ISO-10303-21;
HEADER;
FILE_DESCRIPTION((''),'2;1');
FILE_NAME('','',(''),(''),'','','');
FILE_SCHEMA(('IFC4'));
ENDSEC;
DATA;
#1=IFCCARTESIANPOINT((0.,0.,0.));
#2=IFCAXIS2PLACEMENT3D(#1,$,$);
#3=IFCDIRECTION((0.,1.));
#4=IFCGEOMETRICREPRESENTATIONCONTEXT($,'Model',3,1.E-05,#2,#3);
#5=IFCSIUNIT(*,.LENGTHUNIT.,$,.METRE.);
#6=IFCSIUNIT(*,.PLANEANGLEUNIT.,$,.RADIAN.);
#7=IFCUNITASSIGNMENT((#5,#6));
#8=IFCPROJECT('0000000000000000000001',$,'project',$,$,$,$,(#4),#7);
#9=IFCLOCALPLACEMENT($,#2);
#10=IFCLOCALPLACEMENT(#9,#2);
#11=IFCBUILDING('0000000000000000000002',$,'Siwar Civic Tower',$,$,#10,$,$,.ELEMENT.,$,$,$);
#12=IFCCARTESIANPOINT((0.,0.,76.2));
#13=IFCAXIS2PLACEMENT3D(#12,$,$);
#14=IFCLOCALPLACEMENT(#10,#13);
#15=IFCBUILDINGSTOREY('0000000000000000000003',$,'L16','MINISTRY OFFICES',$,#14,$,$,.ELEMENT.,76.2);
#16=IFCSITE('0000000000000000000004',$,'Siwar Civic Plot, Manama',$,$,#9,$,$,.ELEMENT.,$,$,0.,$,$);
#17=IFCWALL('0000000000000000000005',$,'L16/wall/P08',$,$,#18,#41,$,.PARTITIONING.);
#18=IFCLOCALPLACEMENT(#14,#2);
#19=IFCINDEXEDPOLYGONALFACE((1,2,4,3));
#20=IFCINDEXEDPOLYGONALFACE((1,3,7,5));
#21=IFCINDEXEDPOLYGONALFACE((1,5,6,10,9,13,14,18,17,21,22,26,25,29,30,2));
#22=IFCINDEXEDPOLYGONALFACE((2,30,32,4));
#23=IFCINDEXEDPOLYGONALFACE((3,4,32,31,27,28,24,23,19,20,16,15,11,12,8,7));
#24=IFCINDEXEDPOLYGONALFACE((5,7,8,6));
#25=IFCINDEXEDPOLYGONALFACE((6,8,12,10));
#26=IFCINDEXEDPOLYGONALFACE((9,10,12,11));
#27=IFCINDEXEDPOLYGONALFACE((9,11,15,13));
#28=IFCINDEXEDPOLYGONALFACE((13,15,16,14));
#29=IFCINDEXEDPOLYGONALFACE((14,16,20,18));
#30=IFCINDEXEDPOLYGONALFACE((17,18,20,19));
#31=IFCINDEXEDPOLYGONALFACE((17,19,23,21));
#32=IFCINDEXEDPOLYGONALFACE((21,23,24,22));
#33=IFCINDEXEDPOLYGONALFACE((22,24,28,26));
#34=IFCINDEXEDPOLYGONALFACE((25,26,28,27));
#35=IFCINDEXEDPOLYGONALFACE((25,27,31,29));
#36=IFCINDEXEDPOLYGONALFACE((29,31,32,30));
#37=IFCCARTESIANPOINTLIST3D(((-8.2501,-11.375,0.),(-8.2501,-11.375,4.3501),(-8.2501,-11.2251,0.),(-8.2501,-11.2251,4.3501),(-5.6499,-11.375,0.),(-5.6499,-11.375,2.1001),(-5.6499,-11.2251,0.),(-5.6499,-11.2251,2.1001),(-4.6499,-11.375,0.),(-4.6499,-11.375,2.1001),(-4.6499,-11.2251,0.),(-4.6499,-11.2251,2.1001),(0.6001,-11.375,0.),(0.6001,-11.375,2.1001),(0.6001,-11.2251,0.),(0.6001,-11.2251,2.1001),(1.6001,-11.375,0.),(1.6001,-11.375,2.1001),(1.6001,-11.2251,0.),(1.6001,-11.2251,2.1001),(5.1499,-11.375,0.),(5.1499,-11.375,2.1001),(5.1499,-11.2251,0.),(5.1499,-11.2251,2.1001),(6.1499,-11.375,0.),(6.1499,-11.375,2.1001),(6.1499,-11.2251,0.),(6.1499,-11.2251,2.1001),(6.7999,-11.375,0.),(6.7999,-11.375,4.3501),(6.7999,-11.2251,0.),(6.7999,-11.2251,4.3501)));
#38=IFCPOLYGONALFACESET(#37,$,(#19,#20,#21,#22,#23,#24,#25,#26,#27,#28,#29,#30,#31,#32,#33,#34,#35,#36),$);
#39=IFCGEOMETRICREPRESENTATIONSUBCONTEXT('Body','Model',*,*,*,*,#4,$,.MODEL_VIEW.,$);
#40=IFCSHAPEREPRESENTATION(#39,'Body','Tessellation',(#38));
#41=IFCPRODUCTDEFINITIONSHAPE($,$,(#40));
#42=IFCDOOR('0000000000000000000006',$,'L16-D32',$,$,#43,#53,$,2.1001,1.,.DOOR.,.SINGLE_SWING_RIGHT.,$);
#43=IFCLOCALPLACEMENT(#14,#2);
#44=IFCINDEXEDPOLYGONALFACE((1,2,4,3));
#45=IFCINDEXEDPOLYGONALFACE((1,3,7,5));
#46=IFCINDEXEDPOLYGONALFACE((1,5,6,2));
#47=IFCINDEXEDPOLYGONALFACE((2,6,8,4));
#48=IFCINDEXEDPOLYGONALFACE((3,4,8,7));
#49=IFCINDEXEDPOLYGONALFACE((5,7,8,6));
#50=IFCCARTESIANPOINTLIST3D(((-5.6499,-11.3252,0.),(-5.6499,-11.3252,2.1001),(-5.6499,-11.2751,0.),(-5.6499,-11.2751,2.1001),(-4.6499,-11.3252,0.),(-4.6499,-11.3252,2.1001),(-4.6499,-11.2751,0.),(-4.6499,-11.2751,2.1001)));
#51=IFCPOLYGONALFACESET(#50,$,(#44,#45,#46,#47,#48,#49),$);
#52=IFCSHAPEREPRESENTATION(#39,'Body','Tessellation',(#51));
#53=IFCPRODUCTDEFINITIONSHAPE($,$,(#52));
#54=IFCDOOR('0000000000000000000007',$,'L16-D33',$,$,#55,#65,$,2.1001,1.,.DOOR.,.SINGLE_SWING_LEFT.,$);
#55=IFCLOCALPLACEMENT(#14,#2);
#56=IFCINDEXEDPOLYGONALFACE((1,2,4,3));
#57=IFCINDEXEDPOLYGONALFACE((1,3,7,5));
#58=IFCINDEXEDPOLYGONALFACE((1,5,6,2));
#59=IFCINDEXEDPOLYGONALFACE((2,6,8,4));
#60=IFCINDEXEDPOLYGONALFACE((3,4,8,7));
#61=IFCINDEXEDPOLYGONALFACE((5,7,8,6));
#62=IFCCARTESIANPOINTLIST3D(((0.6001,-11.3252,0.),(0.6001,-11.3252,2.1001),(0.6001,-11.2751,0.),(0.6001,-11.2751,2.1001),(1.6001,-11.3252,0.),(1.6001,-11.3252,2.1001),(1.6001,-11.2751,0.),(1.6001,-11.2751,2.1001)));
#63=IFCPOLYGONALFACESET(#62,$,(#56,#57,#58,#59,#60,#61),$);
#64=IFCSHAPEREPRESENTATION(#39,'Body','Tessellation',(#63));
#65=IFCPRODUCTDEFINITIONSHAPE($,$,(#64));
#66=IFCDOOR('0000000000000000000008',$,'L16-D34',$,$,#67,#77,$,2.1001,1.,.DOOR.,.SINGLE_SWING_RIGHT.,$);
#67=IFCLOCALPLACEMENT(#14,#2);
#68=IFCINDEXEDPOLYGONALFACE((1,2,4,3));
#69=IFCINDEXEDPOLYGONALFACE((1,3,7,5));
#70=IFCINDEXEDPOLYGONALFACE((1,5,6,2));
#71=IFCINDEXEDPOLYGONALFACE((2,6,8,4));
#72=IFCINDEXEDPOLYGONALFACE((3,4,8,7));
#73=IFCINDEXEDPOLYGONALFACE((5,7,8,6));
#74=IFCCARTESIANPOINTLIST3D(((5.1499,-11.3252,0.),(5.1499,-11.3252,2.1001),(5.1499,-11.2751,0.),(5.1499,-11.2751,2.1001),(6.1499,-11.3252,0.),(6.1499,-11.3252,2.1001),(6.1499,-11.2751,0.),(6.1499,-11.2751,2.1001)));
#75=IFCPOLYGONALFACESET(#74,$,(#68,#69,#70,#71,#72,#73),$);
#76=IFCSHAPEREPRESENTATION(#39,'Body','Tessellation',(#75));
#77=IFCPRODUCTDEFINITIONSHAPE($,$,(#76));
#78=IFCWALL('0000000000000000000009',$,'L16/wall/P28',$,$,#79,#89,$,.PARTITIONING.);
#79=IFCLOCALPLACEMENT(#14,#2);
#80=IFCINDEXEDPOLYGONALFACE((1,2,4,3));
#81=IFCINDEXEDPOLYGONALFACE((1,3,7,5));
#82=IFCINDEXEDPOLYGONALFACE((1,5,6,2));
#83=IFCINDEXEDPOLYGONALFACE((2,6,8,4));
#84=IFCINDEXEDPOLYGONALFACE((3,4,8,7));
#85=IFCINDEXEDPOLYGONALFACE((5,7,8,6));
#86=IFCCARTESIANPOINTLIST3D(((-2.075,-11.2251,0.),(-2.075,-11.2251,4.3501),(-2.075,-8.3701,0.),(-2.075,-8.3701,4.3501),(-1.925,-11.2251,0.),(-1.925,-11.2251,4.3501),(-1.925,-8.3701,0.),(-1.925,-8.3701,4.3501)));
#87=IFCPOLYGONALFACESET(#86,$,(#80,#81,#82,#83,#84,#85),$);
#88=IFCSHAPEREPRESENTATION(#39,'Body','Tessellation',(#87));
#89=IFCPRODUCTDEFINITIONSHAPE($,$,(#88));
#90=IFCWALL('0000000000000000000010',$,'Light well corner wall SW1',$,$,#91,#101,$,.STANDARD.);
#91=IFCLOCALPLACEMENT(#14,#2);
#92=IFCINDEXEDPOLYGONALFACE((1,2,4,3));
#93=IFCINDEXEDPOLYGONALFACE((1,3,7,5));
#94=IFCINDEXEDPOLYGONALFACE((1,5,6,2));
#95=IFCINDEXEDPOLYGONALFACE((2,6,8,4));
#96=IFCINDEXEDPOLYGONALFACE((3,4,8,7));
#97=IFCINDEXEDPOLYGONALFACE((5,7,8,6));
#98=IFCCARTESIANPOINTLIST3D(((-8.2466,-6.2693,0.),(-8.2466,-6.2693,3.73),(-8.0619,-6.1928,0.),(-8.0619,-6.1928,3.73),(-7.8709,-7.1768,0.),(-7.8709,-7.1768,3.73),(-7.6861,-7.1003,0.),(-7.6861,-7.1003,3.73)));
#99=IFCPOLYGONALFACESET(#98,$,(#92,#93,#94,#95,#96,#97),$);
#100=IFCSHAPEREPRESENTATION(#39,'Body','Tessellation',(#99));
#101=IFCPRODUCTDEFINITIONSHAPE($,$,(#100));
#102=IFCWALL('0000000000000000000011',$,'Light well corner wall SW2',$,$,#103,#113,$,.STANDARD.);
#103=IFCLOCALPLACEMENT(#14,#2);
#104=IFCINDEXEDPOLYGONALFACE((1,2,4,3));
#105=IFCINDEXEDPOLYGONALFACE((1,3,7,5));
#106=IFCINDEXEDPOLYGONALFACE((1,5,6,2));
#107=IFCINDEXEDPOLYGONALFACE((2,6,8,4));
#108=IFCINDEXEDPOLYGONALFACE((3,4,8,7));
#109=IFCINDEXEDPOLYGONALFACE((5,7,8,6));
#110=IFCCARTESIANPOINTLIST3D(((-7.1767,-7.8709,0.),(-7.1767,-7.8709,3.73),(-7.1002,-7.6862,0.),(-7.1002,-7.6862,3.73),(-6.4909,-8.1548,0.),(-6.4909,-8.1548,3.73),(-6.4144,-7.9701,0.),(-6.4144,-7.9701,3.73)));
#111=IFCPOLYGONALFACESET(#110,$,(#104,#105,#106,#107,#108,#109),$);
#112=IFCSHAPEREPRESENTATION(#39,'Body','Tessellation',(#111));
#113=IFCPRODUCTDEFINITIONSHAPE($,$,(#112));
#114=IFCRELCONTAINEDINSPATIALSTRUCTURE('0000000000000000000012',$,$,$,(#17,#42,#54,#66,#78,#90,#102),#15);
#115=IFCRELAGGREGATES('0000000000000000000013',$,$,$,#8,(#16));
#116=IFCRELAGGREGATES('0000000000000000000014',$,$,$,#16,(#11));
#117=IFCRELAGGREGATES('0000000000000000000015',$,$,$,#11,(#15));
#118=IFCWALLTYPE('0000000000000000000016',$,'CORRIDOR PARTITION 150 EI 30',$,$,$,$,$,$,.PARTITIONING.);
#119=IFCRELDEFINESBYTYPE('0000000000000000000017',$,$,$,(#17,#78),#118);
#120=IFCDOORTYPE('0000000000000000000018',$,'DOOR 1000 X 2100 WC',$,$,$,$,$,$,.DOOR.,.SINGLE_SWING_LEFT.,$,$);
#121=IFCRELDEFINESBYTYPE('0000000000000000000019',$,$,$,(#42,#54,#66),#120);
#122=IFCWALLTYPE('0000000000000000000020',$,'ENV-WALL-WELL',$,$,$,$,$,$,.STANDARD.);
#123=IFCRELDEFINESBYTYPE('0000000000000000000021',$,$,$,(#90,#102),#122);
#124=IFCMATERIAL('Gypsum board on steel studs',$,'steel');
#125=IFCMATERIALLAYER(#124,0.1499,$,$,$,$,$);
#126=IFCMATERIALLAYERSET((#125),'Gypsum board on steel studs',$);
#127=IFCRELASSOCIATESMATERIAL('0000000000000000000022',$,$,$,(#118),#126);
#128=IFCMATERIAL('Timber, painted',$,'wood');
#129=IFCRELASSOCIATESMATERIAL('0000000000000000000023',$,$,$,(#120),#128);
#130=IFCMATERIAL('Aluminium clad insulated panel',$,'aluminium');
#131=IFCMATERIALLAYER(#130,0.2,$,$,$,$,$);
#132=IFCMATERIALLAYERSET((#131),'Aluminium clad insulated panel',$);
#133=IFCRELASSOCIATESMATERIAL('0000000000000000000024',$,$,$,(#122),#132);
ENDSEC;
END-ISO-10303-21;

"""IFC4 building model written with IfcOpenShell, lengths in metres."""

from ifc_helpers import new_model, si_unit, direction, frame, frame_2d, origin, place, context, subcontext, project, spatial, rectangle, extrude, material, layer, layer_set, type_object, element, fill, save


model = new_model("IFC4")

# Units and contexts
model_context = context("Model", 3, precision=1e-05, world=origin(), true_north=direction((0.0, 1.0)))
body_context = subcontext(model_context, "Body", "Model", "MODEL_VIEW")
ifc_project = project(units=[si_unit("LENGTHUNIT", "METRE"), si_unit("PLANEANGLEUNIT", "RADIAN")], contexts=[model_context])

# Site, building, storey
site_placement = place(None, origin())
site = spatial("IfcSite", under=ifc_project, at=site_placement, Name="Siwar Civic Plot, Manama", CompositionType="ELEMENT", RefElevation=0.0)
building_placement = place(site_placement, origin())
building = spatial("IfcBuilding", under=site, at=building_placement, Name="Siwar Civic Tower", CompositionType="ELEMENT")
storey_placement = place(building_placement, frame((0.0, 0.0, 76.2)))
storey = spatial("IfcBuildingStorey", under=building, at=storey_placement, Name="L16", Description="MINISTRY OFFICES", CompositionType="ELEMENT", Elevation=76.2)

# Wall, openings, doors
ifc_material_1 = material(Name="Gypsum board on steel studs", Category="steel")
ifc_layer_1 = layer(ifc_material_1, 0.1499)
ifc_layer_set_1 = layer_set([ifc_layer_1], Name="Gypsum board on steel studs")
wall_type_1 = type_object("IfcWallType", Name="CORRIDOR PARTITION 150 EI 30", PredefinedType="PARTITIONING", material=ifc_layer_set_1)
wall_1_placement = place(storey_placement, frame((-8.25, -11.3, 0.0), z_axis=(0.0, 0.0, 1.0), x_axis=(1.0, 0.0, 0.0)))
wall_1 = element("IfcWall", 1, at=wall_1_placement, inside=storey, type_object=wall_type_1, Name="L16/wall/P08", PredefinedType="PARTITIONING", context=body_context, shape_type="SweptSolid", body=[
    extrude(rectangle(XDim=15.05, YDim=0.1499, at=frame_2d((7.5249, 0.0))), origin(), (0.0, 0.0, 1.0), 4.3501),
])
opening_1_placement = place(wall_1_placement, frame((2.6001, 0.0, 0.0)))
opening_1 = element("IfcOpeningElement", 2, at=opening_1_placement, cuts=wall_1, PredefinedType="OPENING", context=body_context, shape_type="SweptSolid", body=[
    extrude(rectangle(XDim=1.0, YDim=2.1001, at=frame_2d((0.5, 1.05))), frame((0.0, 0.085, 0.0), z_axis=(0.0, -1.0, 0.0), x_axis=(1.0, 0.0, 0.0)), (0.0, 0.0, 1.0), 0.1699),
])
opening_2_placement = place(wall_1_placement, frame((8.8501, 0.0, 0.0)))
opening_2 = element("IfcOpeningElement", 3, at=opening_2_placement, cuts=wall_1, PredefinedType="OPENING", context=body_context, shape_type="SweptSolid", body=[
    extrude(rectangle(XDim=1.0, YDim=2.1001, at=frame_2d((0.5, 1.05))), frame((0.0, 0.085, 0.0), z_axis=(0.0, -1.0, 0.0), x_axis=(1.0, 0.0, 0.0)), (0.0, 0.0, 1.0), 0.1699),
])
opening_3_placement = place(wall_1_placement, frame((13.3999, 0.0, 0.0)))
opening_3 = element("IfcOpeningElement", 4, at=opening_3_placement, cuts=wall_1, PredefinedType="OPENING", context=body_context, shape_type="SweptSolid", body=[
    extrude(rectangle(XDim=1.0, YDim=2.1001, at=frame_2d((0.5, 1.05))), frame((0.0, 0.085, 0.0), z_axis=(0.0, -1.0, 0.0), x_axis=(1.0, 0.0, 0.0)), (0.0, 0.0, 1.0), 0.1699),
])
ifc_material_2 = material(Name="Timber, painted", Category="wood")
door_type = type_object("IfcDoorType", Name="DOOR 1000 X 2100 WC", OperationType="SINGLE_SWING_LEFT", PredefinedType="DOOR", material=ifc_material_2)
door_1_placement = place(opening_1_placement, origin())
door_1 = element("IfcDoor", 5, at=door_1_placement, inside=storey, type_object=door_type, Name="L16-D32", OperationType="SINGLE_SWING_RIGHT", OverallHeight=2.1001, OverallWidth=1.0, PredefinedType="DOOR", context=body_context, shape_type="SweptSolid", body=[
    extrude(rectangle(XDim=1.0, YDim=2.1001, at=frame_2d((0.5, 1.05))), frame((0.0, 0.0249, 0.0), z_axis=(0.0, -1.0, 0.0), x_axis=(1.0, 0.0, 0.0)), (0.0, 0.0, 1.0), 0.05),
])
fill(opening_1, door_1)
door_2_placement = place(opening_2_placement, origin())
door_2 = element("IfcDoor", 6, at=door_2_placement, inside=storey, type_object=door_type, Name="L16-D33", OperationType="SINGLE_SWING_LEFT", OverallHeight=2.1001, OverallWidth=1.0, PredefinedType="DOOR", context=body_context, shape_type="SweptSolid", body=[
    extrude(rectangle(XDim=1.0, YDim=2.1001, at=frame_2d((0.5, 1.05))), frame((0.0, 0.0249, 0.0), z_axis=(0.0, -1.0, 0.0), x_axis=(1.0, 0.0, 0.0)), (0.0, 0.0, 1.0), 0.05),
])
fill(opening_2, door_2)
door_3_placement = place(opening_3_placement, origin())
door_3 = element("IfcDoor", 7, at=door_3_placement, inside=storey, type_object=door_type, Name="L16-D34", OperationType="SINGLE_SWING_RIGHT", OverallHeight=2.1001, OverallWidth=1.0, PredefinedType="DOOR", context=body_context, shape_type="SweptSolid", body=[
    extrude(rectangle(XDim=1.0, YDim=2.1001, at=frame_2d((0.5, 1.05))), frame((0.0, 0.0249, 0.0), z_axis=(0.0, -1.0, 0.0), x_axis=(1.0, 0.0, 0.0)), (0.0, 0.0, 1.0), 0.05),
])
fill(opening_3, door_3)

# Walls
wall_2_placement = place(storey_placement, frame((-2.0, -11.2251, 0.0), z_axis=(0.0, 0.0, 1.0), x_axis=(0.0, 1.0, 0.0)))
element("IfcWall", 8, at=wall_2_placement, inside=storey, type_object=wall_type_1, Name="L16/wall/P28", PredefinedType="PARTITIONING", context=body_context, shape_type="SweptSolid", body=[
    extrude(rectangle(XDim=2.855, YDim=0.1499, at=frame_2d((1.4275, 0.0))), origin(), (0.0, 0.0, 1.0), 4.3501),
])
ifc_material_3 = material(Name="Aluminium clad insulated panel", Category="aluminium")
ifc_layer_2 = layer(ifc_material_3, 0.2)
ifc_layer_set_2 = layer_set([ifc_layer_2], Name="Aluminium clad insulated panel")
wall_type_2 = type_object("IfcWallType", Name="ENV-WALL-WELL", PredefinedType="STANDARD", material=ifc_layer_set_2)
wall_3_placement = place(storey_placement, frame((-8.1543, -6.231, 0.0), z_axis=(0.0, 0.0, 1.0), x_axis=(0.382549, -0.923935, 0.0)))
element("IfcWall", 9, at=wall_3_placement, inside=storey, type_object=wall_type_2, Name="Light well corner wall SW1", PredefinedType="STANDARD", context=body_context, shape_type="SweptSolid", body=[
    extrude(rectangle(XDim=0.9822, YDim=0.2, at=frame_2d((0.4912, 0.0))), origin(), (0.0, 0.0, 1.0), 3.73),
])
wall_4_placement = place(storey_placement, frame((-7.1384, -7.7786, 0.0), z_axis=(0.0, 0.0, 1.0), x_axis=(0.923941, -0.382536, 0.0)))
element("IfcWall", 10, at=wall_4_placement, inside=storey, type_object=wall_type_2, Name="Light well corner wall SW2", PredefinedType="STANDARD", context=body_context, shape_type="SweptSolid", body=[
    extrude(rectangle(XDim=0.7422, YDim=0.2, at=frame_2d((0.3711, 0.0))), origin(), (0.0, 0.0, 1.0), 3.73),
])

save(model, "model.ifc")
